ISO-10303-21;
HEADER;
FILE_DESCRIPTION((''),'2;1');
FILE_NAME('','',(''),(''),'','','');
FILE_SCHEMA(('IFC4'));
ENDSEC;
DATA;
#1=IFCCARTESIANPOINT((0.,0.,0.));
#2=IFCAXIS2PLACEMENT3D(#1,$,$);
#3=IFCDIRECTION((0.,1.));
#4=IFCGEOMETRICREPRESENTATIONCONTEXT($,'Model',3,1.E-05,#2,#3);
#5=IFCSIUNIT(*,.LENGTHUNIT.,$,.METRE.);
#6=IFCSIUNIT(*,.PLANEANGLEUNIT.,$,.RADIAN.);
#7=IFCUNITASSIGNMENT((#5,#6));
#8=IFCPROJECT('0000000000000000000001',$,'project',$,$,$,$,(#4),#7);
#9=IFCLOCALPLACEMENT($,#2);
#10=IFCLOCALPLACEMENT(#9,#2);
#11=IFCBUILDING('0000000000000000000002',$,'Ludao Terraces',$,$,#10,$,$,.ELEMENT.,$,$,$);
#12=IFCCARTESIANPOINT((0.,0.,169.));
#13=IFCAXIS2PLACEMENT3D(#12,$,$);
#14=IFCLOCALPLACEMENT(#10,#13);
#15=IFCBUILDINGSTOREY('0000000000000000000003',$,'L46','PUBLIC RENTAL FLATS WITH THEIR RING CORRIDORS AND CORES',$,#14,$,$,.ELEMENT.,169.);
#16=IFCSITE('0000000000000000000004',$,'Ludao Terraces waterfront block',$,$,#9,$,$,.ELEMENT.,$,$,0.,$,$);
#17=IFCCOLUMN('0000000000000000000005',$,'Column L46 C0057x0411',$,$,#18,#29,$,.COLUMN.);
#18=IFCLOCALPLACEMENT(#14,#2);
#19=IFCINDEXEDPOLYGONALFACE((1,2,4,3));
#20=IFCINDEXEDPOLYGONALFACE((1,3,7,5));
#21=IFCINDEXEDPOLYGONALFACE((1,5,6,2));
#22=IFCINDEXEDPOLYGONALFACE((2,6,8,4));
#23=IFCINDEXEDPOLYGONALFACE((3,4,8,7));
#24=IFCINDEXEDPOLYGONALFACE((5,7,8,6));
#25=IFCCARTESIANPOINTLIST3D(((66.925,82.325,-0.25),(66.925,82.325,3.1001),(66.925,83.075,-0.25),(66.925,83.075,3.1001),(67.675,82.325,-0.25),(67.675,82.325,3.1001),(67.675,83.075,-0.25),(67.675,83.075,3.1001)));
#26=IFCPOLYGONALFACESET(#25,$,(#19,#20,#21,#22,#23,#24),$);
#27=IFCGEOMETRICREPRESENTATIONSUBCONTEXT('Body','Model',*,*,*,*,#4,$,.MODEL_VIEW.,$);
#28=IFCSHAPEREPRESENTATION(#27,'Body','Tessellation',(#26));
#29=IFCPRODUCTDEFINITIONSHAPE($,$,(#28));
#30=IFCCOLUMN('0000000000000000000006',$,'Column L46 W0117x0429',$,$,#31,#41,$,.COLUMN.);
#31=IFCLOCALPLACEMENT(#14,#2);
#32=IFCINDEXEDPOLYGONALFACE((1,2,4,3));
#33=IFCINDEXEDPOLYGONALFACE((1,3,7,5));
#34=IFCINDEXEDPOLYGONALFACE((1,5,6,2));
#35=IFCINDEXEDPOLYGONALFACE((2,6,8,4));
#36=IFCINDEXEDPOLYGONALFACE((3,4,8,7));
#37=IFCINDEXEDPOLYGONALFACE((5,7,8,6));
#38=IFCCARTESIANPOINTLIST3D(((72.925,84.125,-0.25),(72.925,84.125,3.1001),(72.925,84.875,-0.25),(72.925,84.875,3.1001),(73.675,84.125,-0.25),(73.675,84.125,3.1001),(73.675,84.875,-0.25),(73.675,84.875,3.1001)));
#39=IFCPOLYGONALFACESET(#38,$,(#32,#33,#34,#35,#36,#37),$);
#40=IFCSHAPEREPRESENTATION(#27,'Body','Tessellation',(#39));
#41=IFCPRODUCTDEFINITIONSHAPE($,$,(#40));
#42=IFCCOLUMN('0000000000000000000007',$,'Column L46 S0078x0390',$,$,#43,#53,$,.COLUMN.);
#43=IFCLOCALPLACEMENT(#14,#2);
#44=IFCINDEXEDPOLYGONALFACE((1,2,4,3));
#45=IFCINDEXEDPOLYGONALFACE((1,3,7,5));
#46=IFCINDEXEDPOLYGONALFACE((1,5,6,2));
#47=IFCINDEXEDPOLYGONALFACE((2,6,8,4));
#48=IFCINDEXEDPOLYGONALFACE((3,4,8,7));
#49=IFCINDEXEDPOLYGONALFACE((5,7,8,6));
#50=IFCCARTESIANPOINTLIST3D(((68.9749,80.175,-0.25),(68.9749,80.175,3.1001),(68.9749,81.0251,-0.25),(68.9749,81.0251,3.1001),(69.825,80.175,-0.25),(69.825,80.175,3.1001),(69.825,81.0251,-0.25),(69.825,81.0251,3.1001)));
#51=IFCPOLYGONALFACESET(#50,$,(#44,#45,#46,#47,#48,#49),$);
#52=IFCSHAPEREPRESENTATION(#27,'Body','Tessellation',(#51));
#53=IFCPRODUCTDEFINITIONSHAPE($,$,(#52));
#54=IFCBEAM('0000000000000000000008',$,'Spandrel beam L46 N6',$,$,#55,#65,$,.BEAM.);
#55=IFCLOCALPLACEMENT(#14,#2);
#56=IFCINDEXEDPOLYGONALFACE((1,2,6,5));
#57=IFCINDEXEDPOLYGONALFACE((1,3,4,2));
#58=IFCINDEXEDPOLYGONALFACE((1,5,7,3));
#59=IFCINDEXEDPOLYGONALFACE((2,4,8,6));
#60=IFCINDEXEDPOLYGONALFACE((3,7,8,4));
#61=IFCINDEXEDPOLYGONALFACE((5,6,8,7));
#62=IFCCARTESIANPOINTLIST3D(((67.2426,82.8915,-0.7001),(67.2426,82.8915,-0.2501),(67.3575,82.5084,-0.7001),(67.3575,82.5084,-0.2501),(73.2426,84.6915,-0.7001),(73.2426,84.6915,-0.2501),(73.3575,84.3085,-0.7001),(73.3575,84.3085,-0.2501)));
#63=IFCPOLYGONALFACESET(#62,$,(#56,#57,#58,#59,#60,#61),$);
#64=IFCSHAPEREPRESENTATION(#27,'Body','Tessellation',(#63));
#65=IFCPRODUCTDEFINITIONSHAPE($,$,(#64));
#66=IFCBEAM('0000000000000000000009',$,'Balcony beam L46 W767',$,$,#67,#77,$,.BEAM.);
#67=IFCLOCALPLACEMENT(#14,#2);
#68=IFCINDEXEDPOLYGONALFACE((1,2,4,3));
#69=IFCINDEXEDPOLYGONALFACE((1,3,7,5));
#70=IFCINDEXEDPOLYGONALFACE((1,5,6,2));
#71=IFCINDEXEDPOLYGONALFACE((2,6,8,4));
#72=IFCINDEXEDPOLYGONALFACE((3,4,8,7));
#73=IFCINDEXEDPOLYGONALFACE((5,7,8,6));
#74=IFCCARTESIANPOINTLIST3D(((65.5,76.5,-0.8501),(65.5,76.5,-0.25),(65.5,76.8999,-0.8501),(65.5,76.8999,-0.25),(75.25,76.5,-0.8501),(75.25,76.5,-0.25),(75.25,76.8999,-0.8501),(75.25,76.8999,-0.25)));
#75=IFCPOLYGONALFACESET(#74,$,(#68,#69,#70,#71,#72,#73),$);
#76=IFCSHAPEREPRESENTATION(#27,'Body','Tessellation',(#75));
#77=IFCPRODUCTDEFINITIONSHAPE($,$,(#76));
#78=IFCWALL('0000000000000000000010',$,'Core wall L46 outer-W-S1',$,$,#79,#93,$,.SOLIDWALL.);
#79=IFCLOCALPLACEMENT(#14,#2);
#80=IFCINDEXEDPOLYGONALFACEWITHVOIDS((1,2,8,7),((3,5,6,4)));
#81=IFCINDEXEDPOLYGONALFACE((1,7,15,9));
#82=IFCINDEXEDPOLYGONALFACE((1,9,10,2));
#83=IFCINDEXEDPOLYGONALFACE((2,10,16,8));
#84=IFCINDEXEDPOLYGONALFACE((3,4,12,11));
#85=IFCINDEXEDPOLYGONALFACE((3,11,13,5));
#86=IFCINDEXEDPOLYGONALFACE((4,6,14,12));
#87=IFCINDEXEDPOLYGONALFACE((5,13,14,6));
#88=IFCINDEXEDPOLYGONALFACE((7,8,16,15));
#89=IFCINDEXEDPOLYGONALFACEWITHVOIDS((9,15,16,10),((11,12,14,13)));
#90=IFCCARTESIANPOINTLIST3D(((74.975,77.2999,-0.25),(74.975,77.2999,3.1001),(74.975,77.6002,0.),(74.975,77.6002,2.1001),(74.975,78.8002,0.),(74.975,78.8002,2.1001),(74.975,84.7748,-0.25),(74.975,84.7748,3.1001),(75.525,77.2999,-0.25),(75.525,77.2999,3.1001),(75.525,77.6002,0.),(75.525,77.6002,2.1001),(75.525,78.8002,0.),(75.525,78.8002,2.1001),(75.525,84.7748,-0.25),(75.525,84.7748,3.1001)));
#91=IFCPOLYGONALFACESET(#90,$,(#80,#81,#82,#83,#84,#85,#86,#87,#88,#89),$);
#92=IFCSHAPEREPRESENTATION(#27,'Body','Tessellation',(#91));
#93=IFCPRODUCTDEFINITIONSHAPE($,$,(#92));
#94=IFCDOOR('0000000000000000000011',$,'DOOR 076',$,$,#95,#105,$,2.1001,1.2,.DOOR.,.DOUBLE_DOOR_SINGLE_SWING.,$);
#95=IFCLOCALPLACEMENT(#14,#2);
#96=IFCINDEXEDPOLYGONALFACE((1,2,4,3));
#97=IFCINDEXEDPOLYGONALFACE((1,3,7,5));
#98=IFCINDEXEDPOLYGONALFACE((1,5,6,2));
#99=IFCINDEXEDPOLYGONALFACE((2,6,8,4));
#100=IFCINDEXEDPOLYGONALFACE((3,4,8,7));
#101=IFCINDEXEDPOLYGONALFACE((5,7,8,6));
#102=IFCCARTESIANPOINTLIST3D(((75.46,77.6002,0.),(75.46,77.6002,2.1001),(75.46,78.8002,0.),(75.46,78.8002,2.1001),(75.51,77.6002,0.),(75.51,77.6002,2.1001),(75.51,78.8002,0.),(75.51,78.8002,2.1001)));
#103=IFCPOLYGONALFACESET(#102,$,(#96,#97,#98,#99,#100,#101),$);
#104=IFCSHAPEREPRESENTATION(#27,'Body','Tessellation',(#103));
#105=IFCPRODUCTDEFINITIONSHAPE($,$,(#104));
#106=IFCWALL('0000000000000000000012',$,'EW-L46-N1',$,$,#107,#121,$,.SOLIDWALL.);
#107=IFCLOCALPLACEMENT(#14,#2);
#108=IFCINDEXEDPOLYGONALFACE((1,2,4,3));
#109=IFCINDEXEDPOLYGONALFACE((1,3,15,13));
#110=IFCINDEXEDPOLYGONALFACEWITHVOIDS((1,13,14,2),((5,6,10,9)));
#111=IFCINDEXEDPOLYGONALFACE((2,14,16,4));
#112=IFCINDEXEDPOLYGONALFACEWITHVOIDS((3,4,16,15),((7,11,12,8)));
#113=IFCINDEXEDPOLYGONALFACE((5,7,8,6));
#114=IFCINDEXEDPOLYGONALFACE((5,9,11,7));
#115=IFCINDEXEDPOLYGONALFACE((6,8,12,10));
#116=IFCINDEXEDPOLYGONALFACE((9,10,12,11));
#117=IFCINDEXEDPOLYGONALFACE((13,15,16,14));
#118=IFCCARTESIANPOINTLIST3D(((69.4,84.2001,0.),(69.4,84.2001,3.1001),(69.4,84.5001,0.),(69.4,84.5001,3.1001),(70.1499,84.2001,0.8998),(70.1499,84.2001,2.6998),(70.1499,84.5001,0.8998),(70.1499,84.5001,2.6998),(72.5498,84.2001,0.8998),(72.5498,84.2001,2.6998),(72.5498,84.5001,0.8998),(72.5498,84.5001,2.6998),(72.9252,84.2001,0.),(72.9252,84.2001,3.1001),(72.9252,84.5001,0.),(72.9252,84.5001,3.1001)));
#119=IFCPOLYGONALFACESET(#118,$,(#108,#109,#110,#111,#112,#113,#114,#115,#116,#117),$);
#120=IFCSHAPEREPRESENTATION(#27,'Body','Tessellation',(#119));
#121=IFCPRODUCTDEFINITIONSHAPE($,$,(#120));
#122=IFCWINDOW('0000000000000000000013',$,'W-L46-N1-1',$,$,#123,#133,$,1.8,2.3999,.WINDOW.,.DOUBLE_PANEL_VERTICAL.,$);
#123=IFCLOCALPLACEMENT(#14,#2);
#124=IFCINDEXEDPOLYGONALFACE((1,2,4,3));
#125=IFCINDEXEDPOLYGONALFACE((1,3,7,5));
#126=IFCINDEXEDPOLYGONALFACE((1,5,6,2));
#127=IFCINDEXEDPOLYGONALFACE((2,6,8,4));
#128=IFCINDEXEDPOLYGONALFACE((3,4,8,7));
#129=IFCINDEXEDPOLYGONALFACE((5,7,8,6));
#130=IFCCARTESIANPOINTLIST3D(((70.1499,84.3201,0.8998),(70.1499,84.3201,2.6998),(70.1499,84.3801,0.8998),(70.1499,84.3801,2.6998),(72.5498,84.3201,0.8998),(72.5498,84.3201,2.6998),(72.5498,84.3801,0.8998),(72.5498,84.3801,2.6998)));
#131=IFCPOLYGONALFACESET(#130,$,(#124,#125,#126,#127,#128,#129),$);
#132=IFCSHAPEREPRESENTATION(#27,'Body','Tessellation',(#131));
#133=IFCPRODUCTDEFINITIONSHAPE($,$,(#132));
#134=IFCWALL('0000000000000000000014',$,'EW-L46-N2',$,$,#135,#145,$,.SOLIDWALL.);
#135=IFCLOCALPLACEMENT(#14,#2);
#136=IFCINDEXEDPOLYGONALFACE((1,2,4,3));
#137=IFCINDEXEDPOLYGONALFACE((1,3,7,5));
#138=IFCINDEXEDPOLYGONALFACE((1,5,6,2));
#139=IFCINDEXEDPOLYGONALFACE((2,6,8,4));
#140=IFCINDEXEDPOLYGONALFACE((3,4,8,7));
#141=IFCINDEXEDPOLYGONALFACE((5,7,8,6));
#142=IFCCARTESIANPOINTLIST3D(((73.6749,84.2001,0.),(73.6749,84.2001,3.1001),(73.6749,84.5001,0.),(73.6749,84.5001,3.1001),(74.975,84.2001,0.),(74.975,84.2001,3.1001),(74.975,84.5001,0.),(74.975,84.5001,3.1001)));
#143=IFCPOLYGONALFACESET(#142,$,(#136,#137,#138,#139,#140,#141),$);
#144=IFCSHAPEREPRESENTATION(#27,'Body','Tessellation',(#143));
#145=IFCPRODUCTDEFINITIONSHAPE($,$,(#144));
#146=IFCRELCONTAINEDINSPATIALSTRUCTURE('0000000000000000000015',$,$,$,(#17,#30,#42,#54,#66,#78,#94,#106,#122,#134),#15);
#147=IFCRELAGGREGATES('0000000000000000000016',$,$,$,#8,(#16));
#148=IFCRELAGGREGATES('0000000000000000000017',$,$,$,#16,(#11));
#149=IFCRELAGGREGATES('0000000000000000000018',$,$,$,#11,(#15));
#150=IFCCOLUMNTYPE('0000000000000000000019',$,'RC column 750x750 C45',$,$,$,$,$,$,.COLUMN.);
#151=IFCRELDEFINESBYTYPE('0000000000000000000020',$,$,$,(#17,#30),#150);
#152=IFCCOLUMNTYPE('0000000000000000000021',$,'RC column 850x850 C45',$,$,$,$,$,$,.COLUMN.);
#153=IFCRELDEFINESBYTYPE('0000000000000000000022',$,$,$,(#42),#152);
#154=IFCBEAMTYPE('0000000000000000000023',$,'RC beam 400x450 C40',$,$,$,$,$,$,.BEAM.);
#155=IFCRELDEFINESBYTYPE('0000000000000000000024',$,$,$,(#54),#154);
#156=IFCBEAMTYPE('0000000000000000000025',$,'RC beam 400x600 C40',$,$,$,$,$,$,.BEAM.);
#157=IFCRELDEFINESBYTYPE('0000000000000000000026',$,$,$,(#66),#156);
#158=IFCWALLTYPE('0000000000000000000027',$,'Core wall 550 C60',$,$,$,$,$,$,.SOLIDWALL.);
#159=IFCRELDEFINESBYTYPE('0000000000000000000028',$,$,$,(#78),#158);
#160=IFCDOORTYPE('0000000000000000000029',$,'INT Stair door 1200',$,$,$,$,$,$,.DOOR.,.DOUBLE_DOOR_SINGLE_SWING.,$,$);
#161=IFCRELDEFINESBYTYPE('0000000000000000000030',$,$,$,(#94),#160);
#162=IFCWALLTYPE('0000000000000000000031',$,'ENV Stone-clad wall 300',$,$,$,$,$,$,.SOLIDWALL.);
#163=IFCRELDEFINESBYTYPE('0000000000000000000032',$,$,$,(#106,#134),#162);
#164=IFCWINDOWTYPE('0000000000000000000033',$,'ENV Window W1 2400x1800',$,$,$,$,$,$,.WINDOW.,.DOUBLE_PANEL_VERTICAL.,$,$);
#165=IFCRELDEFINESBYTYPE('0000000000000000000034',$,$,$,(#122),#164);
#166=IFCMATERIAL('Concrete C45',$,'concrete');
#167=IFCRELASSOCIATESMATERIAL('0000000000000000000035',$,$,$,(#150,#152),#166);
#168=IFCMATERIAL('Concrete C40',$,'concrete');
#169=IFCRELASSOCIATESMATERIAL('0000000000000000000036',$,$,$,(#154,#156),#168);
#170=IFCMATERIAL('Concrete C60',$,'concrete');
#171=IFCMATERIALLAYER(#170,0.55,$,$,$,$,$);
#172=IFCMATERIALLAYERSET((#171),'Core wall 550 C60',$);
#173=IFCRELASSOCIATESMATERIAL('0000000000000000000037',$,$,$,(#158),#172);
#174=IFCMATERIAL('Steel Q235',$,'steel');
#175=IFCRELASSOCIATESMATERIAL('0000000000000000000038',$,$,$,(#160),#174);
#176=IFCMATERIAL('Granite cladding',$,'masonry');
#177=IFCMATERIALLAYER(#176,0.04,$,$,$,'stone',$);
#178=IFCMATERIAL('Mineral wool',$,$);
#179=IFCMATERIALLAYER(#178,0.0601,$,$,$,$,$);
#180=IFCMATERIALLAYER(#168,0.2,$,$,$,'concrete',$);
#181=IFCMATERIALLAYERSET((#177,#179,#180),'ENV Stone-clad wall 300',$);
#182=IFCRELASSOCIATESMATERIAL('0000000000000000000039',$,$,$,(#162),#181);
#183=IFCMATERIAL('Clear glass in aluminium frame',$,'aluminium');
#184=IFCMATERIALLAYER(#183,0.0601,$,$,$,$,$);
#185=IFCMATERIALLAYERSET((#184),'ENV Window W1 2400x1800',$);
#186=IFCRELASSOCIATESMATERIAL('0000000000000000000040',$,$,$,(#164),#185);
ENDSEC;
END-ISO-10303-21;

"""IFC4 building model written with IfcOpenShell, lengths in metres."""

from ifc_helpers import new_model, si_unit, direction, frame, frame_2d, origin, origin_2d, place, context, subcontext, project, spatial, rectangle, extrude, material, layer, layer_set, material_profile, profile_set, type_object, element, fill, save


model = new_model("IFC4")

# Units and contexts
model_context = context("Model", 3, precision=1e-05, world=origin(), true_north=direction((0.0, 1.0)))
body_context = subcontext(model_context, "Body", "Model", "MODEL_VIEW")
ifc_project = project(units=[si_unit("LENGTHUNIT", "METRE"), si_unit("PLANEANGLEUNIT", "RADIAN")], contexts=[model_context])

# Site, building, storey
site_placement = place(None, origin())
site = spatial("IfcSite", under=ifc_project, at=site_placement, Name="Ludao Terraces waterfront block", CompositionType="ELEMENT", RefElevation=0.0)
building_placement = place(site_placement, origin())
building = spatial("IfcBuilding", under=site, at=building_placement, Name="Ludao Terraces", CompositionType="ELEMENT")
storey_placement = place(building_placement, frame((0.0, 0.0, 169.0)))
storey = spatial("IfcBuildingStorey", under=building, at=storey_placement, Name="L46", Description="PUBLIC RENTAL FLATS WITH THEIR RING CORRIDORS AND CORES", CompositionType="ELEMENT", Elevation=169.0)

# Columns
ifc_material_1 = material(Name="Concrete C45", Category="concrete")
ifc_material_profile_1 = material_profile(ifc_material_1, rectangle(XDim=0.75, YDim=0.75, at=origin_2d()), Name="750 X 750")
ifc_profile_set_1 = profile_set([ifc_material_profile_1], Name="Concrete C45")
column_type_1 = type_object("IfcColumnType", Name="RC column 750x750 C45", PredefinedType="COLUMN", material=ifc_profile_set_1)
for number, where, z_axis, x_axis, name in (
    (1, (67.3, 82.7, -0.25), (0.0, 0.0, 1.0), (1.0, 0.0, 0.0), "Column L46 C0057x0411"),
    (2, (73.3, 84.5, -0.25), (0.0, 0.0, 1.0), (1.0, 0.0, 0.0), "Column L46 W0117x0429"),
):
    element("IfcColumn", number, at=place(storey_placement, frame(where, z_axis=z_axis, x_axis=x_axis)), inside=storey, type_object=column_type_1, Name=name, PredefinedType="COLUMN", context=body_context, shape_type="SweptSolid", body=[
        extrude(rectangle(XDim=0.75, YDim=0.75, at=origin_2d()), origin(), (0.0, 0.0, 1.0), 3.3501),
    ])
ifc_material_profile_2 = material_profile(ifc_material_1, rectangle(XDim=0.8501, YDim=0.8501, at=origin_2d()), Name="850 X 850")
ifc_profile_set_2 = profile_set([ifc_material_profile_2], Name="Concrete C45")
column_type_2 = type_object("IfcColumnType", Name="RC column 850x850 C45", PredefinedType="COLUMN", material=ifc_profile_set_2)
column_placement = place(storey_placement, frame((69.3999, 80.6001, -0.25), z_axis=(0.0, 0.0, 1.0), x_axis=(1.0, 0.0, 0.0)))
element("IfcColumn", 3, at=column_placement, inside=storey, type_object=column_type_2, Name="Column L46 S0078x0390", PredefinedType="COLUMN", context=body_context, shape_type="SweptSolid", body=[
    extrude(rectangle(XDim=0.8501, YDim=0.8501, at=origin_2d()), origin(), (0.0, 0.0, 1.0), 3.3501),
])

# Beams
ifc_material_2 = material(Name="Concrete C40", Category="concrete")
ifc_material_profile_3 = material_profile(ifc_material_2, rectangle(XDim=0.3999, YDim=0.45, at=origin_2d()), Name="400 X 450")
ifc_profile_set_3 = profile_set([ifc_material_profile_3], Name="Concrete C40")
beam_type_1 = type_object("IfcBeamType", Name="RC beam 400x450 C40", PredefinedType="BEAM", material=ifc_profile_set_3)
beam_1_placement = place(storey_placement, frame((67.3, 82.7, -0.4751), z_axis=(0.957824, 0.287355, 0.0), x_axis=(-0.287355, 0.957824, 0.0)))
element("IfcBeam", 4, at=beam_1_placement, inside=storey, type_object=beam_type_1, Name="Spandrel beam L46 N6", PredefinedType="BEAM", context=body_context, shape_type="SweptSolid", body=[
    extrude(rectangle(XDim=0.3999, YDim=0.45, at=origin_2d()), origin(), (0.0, 0.0, 1.0), 6.2642),
])
ifc_material_profile_4 = material_profile(ifc_material_2, rectangle(XDim=0.3999, YDim=0.6001, at=origin_2d()), Name="400 X 600")
ifc_profile_set_4 = profile_set([ifc_material_profile_4], Name="Concrete C40")
beam_type_2 = type_object("IfcBeamType", Name="RC beam 400x600 C40", PredefinedType="BEAM", material=ifc_profile_set_4)
beam_2_placement = place(storey_placement, frame((75.25, 76.7, -0.55), z_axis=(-1.0, 0.0, 0.0), x_axis=(0.0, -1.0, 0.0)))
element("IfcBeam", 5, at=beam_2_placement, inside=storey, type_object=beam_type_2, Name="Balcony beam L46 W767", PredefinedType="BEAM", context=body_context, shape_type="SweptSolid", body=[
    extrude(rectangle(XDim=0.3999, YDim=0.6001, at=origin_2d()), origin(), (0.0, 0.0, 1.0), 9.75),
])

# Wall, opening, door
ifc_material_3 = material(Name="Concrete C60", Category="concrete")
ifc_layer_1 = layer(ifc_material_3, 0.55)
ifc_layer_set_1 = layer_set([ifc_layer_1], Name="Core wall 550 C60")
wall_type_1 = type_object("IfcWallType", Name="Core wall 550 C60", PredefinedType="SOLIDWALL", material=ifc_layer_set_1)
wall_1_placement = place(storey_placement, frame((75.25, 77.3, -0.25), z_axis=(0.0, 0.0, 1.0), x_axis=(0.0, 1.0, 0.0)))
wall_1 = element("IfcWall", 6, at=wall_1_placement, inside=storey, type_object=wall_type_1, Name="Core wall L46 outer-W-S1", PredefinedType="SOLIDWALL", context=body_context, shape_type="SweptSolid", body=[
    extrude(rectangle(XDim=7.4749, YDim=0.55, at=frame_2d((3.7373, 0.0))), origin(), (0.0, 0.0, 1.0), 3.3501),
])
opening_1_placement = place(wall_1_placement, frame((0.3, 0.0, 0.25)))
opening_1 = element("IfcOpeningElement", 7, at=opening_1_placement, cuts=wall_1, PredefinedType="OPENING", context=body_context, shape_type="SweptSolid", body=[
    extrude(rectangle(XDim=1.2, YDim=2.1001, at=frame_2d((0.6001, 1.05))), frame((0.0, 0.2852, 0.0), z_axis=(0.0, -1.0, 0.0), x_axis=(1.0, 0.0, 0.0)), (0.0, 0.0, 1.0), 0.5701),
])
ifc_material_4 = material(Name="Steel Q235", Category="steel")
door_type_1 = type_object("IfcDoorType", Name="INT Stair door 1200", OperationType="DOUBLE_DOOR_SINGLE_SWING", PredefinedType="DOOR", material=ifc_material_4)
door_1_placement = place(opening_1_placement, origin())
door_1 = element("IfcDoor", 8, at=door_1_placement, inside=storey, type_object=door_type_1, Name="DOOR 076", OperationType="DOUBLE_DOOR_SINGLE_SWING", OverallHeight=2.1001, OverallWidth=1.2, PredefinedType="DOOR", context=body_context, shape_type="SweptSolid", body=[
    extrude(rectangle(XDim=1.2, YDim=2.1001, at=frame_2d((0.6001, 1.05))), frame((0.0, -0.21, 0.0), z_axis=(0.0, -1.0, 0.0), x_axis=(1.0, 0.0, 0.0)), (0.0, 0.0, 1.0), 0.05),
])
fill(opening_1, door_1)

# Wall, opening, window
ifc_material_5 = material(Name="Granite cladding", Category="masonry")
ifc_layer_2 = layer(ifc_material_5, 0.04, Category="stone")
ifc_material_6 = material(Name="Mineral wool")
ifc_layer_3 = layer(ifc_material_6, 0.0601)
ifc_layer_4 = layer(ifc_material_2, 0.2, Category="concrete")
ifc_layer_set_2 = layer_set([ifc_layer_2, ifc_layer_3, ifc_layer_4], Name="ENV Stone-clad wall 300")
wall_type_2 = type_object("IfcWallType", Name="ENV Stone-clad wall 300", PredefinedType="SOLIDWALL", material=ifc_layer_set_2)
wall_2_placement = place(storey_placement, frame((69.3999, 84.3501, 0.0), z_axis=(0.0, 0.0, 1.0), x_axis=(1.0, 0.0, 0.0)))
wall_2 = element("IfcWall", 9, at=wall_2_placement, inside=storey, type_object=wall_type_2, Name="EW-L46-N1", PredefinedType="SOLIDWALL", context=body_context, shape_type="SweptSolid", body=[
    extrude(rectangle(XDim=3.5251, YDim=0.3, at=frame_2d((1.7627, 0.0))), origin(), (0.0, 0.0, 1.0), 3.1001),
])
opening_2_placement = place(wall_2_placement, frame((0.75, 0.0, 0.8999)))
opening_2 = element("IfcOpeningElement", 10, at=opening_2_placement, cuts=wall_2, PredefinedType="OPENING", context=body_context, shape_type="SweptSolid", body=[
    extrude(rectangle(XDim=2.3999, YDim=1.8, at=frame_2d((1.2, 0.8999))), frame((0.0, 0.1602, 0.0), z_axis=(0.0, -1.0, 0.0), x_axis=(1.0, 0.0, 0.0)), (0.0, 0.0, 1.0), 0.3201),
])
ifc_material_7 = material(Name="Clear glass in aluminium frame", Category="aluminium")
ifc_layer_5 = layer(ifc_material_7, 0.0601)
ifc_layer_set_3 = layer_set([ifc_layer_5], Name="ENV Window W1 2400x1800")
window_type_1 = type_object("IfcWindowType", Name="ENV Window W1 2400x1800", PartitioningType="DOUBLE_PANEL_VERTICAL", PredefinedType="WINDOW", material=ifc_layer_set_3)
window_1_placement = place(opening_2_placement, origin())
window_1 = element("IfcWindow", 11, at=window_1_placement, inside=storey, type_object=window_type_1, Name="W-L46-N1-1", OverallHeight=1.8, OverallWidth=2.3999, PartitioningType="DOUBLE_PANEL_VERTICAL", PredefinedType="WINDOW", context=body_context, shape_type="SweptSolid", body=[
    extrude(rectangle(XDim=2.3999, YDim=1.8, at=frame_2d((1.2, 0.8999))), frame((0.0, 0.03, 0.0), z_axis=(0.0, -1.0, 0.0), x_axis=(1.0, 0.0, 0.0)), (0.0, 0.0, 1.0), 0.0601),
])
fill(opening_2, window_1)

# Wall
wall_3_placement = place(storey_placement, frame((73.675, 84.3501, 0.0), z_axis=(0.0, 0.0, 1.0), x_axis=(1.0, 0.0, 0.0)))
element("IfcWall", 12, at=wall_3_placement, inside=storey, type_object=wall_type_2, Name="EW-L46-N2", PredefinedType="SOLIDWALL", context=body_context, shape_type="SweptSolid", body=[
    extrude(rectangle(XDim=1.3, YDim=0.3, at=frame_2d((0.6499, 0.0))), origin(), (0.0, 0.0, 1.0), 3.1001),
])

save(model, "model.ifc")
